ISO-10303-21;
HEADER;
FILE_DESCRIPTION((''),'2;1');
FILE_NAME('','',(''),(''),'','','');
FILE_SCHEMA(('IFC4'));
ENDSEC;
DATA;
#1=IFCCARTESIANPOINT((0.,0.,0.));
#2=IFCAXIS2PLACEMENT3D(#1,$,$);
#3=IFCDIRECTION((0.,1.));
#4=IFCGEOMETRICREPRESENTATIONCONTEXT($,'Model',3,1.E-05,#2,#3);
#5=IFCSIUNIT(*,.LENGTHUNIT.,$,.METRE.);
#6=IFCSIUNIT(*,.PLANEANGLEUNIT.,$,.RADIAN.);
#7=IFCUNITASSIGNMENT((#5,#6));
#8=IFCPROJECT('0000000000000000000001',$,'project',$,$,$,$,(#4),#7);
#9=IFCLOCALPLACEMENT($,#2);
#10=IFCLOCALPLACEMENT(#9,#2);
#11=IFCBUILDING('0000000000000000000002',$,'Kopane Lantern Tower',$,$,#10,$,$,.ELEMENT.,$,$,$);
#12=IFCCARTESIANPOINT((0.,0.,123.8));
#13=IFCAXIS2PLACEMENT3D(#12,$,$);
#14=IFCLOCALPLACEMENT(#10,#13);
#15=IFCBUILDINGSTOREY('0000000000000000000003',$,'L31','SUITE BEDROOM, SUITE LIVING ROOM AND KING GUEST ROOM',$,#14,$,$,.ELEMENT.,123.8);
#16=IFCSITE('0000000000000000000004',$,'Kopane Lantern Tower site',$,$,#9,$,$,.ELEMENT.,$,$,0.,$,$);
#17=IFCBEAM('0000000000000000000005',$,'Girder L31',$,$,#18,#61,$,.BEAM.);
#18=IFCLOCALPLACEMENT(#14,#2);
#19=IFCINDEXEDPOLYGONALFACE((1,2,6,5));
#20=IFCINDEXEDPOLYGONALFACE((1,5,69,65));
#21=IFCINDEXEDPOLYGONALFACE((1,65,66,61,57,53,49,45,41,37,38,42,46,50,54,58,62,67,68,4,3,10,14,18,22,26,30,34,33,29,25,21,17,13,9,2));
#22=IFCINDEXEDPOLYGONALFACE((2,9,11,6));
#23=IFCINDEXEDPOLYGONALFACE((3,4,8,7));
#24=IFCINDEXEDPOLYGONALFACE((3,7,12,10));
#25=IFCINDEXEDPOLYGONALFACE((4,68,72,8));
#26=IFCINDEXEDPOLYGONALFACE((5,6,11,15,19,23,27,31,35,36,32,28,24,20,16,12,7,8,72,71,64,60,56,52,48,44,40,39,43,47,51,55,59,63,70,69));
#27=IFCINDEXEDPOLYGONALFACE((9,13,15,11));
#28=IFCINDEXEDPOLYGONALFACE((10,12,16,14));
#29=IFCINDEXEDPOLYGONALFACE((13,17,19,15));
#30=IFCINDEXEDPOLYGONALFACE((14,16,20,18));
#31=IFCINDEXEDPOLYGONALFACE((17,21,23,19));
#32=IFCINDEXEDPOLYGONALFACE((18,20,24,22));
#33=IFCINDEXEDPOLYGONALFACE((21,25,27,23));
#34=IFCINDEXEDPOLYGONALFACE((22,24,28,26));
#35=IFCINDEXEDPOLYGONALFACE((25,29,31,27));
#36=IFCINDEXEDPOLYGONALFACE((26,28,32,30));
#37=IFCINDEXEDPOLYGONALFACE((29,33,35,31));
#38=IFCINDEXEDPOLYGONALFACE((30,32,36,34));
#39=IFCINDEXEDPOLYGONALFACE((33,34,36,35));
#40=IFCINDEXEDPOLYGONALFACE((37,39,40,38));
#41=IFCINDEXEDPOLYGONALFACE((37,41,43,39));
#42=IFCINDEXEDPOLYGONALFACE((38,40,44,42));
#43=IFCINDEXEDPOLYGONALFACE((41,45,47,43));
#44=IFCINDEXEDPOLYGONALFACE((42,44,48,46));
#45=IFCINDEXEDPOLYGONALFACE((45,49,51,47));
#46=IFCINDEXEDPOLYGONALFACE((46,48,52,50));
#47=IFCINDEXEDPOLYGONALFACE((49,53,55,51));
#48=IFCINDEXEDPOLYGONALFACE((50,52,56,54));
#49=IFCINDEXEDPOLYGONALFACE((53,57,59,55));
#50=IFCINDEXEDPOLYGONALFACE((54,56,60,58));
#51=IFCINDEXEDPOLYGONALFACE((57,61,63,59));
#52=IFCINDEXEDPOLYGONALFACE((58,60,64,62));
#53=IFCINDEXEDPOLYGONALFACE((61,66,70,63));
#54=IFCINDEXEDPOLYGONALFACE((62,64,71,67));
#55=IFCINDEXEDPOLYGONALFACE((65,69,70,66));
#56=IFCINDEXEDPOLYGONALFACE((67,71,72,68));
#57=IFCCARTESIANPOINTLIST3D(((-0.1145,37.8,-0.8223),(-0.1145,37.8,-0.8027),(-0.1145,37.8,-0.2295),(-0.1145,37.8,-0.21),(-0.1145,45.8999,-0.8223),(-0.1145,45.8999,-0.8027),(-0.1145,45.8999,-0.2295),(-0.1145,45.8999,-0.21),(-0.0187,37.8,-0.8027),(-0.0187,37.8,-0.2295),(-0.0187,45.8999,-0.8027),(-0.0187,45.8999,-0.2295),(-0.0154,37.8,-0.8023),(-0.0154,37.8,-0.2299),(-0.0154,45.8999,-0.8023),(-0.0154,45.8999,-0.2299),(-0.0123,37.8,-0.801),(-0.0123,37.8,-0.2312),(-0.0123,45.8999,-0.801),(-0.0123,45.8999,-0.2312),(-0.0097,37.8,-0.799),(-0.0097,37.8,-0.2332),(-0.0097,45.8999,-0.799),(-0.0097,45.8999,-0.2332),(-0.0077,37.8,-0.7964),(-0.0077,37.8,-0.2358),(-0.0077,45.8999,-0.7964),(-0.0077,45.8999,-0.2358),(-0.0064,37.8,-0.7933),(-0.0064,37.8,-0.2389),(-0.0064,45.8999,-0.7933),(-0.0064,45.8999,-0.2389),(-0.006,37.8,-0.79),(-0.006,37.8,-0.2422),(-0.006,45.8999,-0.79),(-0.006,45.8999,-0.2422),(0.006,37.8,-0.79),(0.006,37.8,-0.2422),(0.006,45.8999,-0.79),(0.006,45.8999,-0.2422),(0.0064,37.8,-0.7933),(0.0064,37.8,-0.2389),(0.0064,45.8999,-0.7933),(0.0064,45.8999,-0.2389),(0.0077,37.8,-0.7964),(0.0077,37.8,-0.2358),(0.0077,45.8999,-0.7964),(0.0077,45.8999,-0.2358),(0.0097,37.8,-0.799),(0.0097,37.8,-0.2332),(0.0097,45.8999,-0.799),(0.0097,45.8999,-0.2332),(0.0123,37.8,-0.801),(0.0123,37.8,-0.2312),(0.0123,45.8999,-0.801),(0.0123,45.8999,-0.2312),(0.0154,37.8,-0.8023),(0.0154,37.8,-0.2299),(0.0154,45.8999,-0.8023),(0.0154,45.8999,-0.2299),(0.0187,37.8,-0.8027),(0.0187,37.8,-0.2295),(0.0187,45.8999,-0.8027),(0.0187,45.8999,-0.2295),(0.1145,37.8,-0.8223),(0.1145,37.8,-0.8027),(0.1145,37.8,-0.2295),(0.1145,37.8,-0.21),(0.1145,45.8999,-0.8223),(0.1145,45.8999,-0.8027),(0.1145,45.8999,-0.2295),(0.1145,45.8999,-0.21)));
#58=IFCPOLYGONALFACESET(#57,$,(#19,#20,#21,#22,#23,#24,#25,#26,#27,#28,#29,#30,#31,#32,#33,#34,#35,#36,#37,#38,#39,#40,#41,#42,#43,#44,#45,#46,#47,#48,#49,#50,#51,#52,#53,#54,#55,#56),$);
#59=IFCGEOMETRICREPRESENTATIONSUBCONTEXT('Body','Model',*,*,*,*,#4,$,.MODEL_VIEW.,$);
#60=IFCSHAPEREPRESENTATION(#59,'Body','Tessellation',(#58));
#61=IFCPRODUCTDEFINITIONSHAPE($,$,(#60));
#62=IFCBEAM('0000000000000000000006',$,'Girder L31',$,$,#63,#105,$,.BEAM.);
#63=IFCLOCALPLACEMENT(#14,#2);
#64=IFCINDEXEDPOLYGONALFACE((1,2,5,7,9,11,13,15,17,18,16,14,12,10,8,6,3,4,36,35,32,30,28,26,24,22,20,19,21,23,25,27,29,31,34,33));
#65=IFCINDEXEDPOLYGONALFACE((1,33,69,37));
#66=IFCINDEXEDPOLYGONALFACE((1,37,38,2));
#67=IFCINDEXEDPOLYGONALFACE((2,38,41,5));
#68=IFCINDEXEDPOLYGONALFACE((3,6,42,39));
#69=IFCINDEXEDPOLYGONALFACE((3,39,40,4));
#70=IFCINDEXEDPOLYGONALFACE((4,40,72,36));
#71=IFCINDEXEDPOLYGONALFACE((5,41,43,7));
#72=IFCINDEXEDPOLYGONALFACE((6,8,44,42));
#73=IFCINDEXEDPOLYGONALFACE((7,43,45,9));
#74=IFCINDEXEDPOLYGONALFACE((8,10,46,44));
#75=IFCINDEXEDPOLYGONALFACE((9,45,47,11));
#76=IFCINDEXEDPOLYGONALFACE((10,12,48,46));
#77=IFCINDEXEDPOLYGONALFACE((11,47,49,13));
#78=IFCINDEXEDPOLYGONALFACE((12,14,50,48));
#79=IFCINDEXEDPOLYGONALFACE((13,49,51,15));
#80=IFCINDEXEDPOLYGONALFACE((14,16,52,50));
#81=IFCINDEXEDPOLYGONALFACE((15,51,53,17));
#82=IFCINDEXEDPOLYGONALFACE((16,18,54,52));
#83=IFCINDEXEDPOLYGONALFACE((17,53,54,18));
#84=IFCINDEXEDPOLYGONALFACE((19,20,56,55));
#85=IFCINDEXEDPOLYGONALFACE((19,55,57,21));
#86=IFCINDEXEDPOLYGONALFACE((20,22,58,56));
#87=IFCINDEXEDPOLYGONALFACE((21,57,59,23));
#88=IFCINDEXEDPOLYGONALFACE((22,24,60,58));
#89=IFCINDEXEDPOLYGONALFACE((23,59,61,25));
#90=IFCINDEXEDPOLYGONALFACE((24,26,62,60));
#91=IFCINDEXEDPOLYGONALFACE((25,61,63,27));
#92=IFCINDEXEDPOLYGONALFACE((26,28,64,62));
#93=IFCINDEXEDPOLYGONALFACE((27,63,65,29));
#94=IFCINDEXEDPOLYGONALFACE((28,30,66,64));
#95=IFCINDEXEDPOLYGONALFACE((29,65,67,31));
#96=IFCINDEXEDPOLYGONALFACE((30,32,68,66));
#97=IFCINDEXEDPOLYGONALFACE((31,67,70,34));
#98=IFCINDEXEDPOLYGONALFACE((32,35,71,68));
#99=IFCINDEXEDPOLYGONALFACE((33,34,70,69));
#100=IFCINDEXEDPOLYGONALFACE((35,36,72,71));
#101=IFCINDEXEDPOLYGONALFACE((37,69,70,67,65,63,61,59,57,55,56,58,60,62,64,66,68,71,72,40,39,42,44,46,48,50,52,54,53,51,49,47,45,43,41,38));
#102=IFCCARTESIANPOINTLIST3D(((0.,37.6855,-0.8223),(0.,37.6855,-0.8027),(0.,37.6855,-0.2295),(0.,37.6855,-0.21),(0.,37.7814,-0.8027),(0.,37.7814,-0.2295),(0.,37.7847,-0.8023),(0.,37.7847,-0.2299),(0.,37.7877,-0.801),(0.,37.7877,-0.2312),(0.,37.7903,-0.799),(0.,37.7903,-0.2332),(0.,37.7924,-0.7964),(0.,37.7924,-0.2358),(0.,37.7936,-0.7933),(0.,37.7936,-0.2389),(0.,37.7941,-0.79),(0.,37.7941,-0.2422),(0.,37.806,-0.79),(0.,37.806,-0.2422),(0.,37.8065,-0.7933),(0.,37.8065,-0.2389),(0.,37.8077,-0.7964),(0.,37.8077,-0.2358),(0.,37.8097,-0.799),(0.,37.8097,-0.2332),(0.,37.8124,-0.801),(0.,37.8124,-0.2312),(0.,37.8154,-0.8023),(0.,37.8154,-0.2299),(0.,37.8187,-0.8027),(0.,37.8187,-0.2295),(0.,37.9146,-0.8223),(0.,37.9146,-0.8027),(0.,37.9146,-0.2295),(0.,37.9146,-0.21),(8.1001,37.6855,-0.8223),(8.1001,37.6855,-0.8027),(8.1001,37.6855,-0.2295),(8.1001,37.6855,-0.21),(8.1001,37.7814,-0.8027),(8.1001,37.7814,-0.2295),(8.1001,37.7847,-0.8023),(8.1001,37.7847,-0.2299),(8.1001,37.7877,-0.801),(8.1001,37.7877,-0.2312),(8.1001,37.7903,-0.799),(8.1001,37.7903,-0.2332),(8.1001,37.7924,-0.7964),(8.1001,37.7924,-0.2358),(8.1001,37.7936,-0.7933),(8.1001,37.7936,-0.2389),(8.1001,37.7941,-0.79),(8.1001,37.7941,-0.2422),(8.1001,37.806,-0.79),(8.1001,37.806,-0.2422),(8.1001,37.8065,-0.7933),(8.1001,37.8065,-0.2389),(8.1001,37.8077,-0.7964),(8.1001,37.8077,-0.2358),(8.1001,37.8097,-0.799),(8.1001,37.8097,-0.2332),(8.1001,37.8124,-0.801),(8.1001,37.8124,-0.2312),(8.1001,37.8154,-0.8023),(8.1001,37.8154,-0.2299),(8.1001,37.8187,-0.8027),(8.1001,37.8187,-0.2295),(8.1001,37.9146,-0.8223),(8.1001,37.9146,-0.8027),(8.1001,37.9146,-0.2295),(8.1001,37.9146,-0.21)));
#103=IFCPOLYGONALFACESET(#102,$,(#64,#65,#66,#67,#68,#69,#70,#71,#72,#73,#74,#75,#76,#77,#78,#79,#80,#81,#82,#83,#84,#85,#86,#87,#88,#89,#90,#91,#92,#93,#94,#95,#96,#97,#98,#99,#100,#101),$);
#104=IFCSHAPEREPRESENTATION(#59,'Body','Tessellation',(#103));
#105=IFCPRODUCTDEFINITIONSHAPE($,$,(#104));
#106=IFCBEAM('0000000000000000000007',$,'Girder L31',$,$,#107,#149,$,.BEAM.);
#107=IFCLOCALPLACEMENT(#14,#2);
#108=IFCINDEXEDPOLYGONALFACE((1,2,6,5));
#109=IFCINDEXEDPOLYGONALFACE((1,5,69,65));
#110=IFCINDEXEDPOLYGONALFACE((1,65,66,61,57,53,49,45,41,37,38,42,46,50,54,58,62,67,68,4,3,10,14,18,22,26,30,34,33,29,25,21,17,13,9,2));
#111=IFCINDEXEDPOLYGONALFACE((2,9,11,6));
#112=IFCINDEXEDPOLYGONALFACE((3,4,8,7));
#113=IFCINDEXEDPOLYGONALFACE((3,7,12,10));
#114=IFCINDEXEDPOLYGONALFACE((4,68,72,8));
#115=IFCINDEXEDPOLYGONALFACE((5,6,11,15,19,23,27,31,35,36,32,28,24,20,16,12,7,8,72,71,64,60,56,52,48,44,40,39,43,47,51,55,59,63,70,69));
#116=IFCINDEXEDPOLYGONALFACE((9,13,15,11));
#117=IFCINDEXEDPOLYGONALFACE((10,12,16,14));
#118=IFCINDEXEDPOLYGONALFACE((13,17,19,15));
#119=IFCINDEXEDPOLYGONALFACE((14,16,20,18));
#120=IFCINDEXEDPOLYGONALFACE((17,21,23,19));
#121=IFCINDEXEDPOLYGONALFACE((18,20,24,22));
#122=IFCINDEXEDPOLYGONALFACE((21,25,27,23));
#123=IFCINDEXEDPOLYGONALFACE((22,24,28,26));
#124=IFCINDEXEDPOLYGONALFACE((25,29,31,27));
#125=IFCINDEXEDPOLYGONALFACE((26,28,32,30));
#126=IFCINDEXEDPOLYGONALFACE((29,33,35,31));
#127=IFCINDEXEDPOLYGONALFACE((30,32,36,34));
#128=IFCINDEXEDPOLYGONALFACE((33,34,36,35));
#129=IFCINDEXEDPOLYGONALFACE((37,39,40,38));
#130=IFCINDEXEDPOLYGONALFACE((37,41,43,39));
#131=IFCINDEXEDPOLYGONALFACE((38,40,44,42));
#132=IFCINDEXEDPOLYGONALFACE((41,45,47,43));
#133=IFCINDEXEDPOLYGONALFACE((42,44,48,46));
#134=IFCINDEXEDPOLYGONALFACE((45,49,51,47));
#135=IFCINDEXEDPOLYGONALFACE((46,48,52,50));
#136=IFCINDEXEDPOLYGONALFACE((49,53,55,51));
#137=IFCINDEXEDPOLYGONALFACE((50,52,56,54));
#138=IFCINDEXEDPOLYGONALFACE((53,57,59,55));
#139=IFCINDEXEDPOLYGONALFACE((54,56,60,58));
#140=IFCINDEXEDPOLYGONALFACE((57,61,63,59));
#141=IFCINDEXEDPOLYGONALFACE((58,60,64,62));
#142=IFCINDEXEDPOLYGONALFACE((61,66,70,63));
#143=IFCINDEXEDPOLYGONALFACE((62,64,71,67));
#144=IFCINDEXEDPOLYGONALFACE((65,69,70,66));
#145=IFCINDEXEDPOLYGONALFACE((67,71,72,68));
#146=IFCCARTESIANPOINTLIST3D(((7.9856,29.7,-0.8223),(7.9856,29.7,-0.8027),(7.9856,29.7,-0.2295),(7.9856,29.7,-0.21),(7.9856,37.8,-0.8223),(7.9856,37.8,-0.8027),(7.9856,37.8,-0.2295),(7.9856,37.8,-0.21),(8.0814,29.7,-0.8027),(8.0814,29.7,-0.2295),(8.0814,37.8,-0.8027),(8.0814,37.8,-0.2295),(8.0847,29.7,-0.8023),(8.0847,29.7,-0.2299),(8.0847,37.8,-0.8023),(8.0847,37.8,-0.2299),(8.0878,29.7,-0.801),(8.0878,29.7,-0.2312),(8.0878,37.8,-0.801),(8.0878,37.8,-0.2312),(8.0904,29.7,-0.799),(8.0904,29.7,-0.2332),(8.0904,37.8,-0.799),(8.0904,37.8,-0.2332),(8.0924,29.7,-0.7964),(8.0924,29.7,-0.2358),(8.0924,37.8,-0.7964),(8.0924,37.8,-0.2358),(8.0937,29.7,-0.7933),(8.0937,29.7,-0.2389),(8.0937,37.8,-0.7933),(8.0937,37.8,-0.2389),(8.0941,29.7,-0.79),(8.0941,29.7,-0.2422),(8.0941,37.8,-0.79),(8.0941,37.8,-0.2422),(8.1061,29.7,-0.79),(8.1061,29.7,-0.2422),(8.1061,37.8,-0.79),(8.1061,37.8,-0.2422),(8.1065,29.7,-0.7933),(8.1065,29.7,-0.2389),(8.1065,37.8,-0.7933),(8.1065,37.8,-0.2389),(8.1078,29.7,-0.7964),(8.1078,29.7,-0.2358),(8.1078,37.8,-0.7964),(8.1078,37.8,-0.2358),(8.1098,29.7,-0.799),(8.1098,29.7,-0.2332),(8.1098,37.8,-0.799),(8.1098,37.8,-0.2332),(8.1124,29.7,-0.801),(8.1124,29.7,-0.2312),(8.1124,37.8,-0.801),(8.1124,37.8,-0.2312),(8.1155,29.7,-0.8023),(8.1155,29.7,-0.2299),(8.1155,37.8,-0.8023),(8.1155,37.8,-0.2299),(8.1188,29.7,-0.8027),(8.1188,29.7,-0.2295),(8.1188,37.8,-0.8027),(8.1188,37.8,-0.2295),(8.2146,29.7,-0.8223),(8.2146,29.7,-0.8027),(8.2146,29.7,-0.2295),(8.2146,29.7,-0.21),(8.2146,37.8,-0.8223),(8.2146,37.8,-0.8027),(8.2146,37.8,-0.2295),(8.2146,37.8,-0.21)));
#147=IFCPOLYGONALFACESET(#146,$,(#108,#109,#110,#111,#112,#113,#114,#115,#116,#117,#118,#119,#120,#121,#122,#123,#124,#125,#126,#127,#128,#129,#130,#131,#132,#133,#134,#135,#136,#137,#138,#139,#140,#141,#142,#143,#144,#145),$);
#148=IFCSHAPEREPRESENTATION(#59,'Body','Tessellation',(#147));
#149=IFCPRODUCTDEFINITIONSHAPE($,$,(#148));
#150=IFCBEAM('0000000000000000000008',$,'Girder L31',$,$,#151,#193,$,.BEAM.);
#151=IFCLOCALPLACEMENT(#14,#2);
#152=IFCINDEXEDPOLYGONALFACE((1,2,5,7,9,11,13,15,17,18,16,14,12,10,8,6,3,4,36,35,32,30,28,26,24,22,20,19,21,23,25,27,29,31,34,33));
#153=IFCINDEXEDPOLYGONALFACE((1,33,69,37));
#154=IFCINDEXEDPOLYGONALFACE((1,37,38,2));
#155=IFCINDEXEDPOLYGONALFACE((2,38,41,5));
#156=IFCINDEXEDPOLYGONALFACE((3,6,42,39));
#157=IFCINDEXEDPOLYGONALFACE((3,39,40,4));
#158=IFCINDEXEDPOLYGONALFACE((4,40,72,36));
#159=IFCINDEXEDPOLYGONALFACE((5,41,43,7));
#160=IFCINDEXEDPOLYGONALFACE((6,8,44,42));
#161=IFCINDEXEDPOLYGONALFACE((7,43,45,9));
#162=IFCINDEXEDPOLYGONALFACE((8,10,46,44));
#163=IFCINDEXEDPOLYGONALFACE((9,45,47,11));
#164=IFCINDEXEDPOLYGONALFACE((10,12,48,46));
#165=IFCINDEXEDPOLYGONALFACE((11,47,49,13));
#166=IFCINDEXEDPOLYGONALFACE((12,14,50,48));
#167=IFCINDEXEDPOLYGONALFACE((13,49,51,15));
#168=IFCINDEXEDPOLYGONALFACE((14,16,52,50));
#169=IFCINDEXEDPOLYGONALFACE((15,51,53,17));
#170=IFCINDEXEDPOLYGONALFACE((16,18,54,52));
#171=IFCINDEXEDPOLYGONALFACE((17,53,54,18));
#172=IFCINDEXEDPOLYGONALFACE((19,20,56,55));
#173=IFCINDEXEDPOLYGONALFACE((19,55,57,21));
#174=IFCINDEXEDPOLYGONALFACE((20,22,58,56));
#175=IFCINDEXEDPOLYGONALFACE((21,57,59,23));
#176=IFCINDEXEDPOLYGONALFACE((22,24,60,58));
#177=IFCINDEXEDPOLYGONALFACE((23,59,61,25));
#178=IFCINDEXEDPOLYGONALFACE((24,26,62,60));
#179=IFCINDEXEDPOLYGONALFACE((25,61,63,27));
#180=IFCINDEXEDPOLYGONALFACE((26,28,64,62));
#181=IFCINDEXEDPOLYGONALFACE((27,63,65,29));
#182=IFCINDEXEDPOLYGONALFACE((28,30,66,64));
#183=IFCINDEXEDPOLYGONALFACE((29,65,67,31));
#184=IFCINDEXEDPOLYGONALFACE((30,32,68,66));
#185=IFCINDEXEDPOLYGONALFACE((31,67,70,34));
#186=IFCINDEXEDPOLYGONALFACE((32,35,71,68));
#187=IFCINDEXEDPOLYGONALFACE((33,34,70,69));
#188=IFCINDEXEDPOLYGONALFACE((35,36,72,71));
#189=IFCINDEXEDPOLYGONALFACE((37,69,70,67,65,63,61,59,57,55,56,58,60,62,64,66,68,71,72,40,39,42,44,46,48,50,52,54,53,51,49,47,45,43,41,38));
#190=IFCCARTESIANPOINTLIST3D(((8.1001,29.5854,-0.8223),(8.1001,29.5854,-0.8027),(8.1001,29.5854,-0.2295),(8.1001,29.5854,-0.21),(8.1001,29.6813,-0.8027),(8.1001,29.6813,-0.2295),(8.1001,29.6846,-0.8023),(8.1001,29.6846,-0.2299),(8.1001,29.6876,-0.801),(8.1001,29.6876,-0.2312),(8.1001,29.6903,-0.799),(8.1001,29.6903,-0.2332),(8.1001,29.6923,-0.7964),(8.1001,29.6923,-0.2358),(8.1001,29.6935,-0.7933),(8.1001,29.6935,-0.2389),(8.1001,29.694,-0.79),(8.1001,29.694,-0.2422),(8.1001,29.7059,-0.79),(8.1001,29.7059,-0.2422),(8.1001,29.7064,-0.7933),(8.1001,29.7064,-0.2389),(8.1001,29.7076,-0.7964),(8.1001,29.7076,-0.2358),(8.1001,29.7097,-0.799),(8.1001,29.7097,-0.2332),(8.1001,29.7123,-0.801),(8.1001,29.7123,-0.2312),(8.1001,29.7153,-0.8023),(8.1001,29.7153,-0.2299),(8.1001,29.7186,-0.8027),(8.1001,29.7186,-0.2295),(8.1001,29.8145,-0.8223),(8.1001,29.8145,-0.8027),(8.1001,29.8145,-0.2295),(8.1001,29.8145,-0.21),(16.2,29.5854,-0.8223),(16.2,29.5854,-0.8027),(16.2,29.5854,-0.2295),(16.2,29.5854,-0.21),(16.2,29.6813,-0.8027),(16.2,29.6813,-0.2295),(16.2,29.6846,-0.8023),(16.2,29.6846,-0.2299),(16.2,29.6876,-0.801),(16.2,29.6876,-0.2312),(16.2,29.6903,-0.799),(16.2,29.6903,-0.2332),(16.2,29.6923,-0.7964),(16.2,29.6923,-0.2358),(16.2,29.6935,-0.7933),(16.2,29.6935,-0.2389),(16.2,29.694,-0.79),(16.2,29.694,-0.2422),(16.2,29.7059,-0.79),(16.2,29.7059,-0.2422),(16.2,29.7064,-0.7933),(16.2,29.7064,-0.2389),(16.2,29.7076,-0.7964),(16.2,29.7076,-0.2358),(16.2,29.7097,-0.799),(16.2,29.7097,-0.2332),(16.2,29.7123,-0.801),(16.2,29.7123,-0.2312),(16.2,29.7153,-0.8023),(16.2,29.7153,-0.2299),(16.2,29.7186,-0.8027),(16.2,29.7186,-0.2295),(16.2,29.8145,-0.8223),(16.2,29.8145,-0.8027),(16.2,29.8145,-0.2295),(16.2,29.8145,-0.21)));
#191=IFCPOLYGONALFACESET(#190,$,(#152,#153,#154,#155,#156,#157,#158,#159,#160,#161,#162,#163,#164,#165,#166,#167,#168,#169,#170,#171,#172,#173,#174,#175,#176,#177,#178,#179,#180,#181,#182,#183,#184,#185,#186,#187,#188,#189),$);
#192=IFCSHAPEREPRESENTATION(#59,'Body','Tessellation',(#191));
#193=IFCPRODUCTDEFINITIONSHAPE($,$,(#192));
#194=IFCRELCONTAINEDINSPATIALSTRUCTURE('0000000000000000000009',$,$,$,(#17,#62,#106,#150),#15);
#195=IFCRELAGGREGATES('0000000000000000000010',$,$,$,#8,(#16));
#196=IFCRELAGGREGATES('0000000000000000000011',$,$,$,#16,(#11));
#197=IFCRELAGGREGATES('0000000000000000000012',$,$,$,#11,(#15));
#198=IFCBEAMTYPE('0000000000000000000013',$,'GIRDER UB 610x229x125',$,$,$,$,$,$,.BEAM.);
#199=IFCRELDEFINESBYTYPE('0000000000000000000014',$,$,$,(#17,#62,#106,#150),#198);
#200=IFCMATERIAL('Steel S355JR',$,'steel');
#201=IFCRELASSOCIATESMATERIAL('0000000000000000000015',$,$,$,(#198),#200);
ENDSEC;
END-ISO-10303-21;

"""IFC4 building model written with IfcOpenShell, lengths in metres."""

from ifc_helpers import new_model, si_unit, direction, frame, origin, origin_2d, place, context, subcontext, project, spatial, i_section, extrude, material, material_profile, profile_set, type_object, element, save


model = new_model("IFC4")

# Units and contexts
model_context = context("Model", 3, precision=1e-05, world=origin(), true_north=direction((0.0, 1.0)))
body_context = subcontext(model_context, "Body", "Model", "MODEL_VIEW")
ifc_project = project(units=[si_unit("LENGTHUNIT", "METRE"), si_unit("PLANEANGLEUNIT", "RADIAN")], contexts=[model_context])

# Site, building, storey
site_placement = place(None, origin())
site = spatial("IfcSite", under=ifc_project, at=site_placement, Name="Kopane Lantern Tower site", CompositionType="ELEMENT", RefElevation=0.0)
building_placement = place(site_placement, origin())
building = spatial("IfcBuilding", under=site, at=building_placement, Name="Kopane Lantern Tower", CompositionType="ELEMENT")
storey_placement = place(building_placement, frame((0.0, 0.0, 123.8)))
storey = spatial("IfcBuildingStorey", under=building, at=storey_placement, Name="L31", Description="SUITE BEDROOM, SUITE LIVING ROOM AND KING GUEST ROOM", CompositionType="ELEMENT", Elevation=123.8)

# Beams
ifc_material_1 = material(Name="Steel S355JR", Category="steel")
ifc_material_profile_1 = material_profile(ifc_material_1, i_section(OverallWidth=0.229, OverallDepth=0.6123, WebThickness=0.012, FlangeThickness=0.0195, FilletRadius=0.0127, at=origin_2d()), Name="UB 610x229x125")
ifc_profile_set_1 = profile_set([ifc_material_profile_1], Name="Steel S355JR")
beam_type = type_object("IfcBeamType", Name="GIRDER UB 610x229x125", PredefinedType="BEAM", material=ifc_profile_set_1)
beam_placement = place(storey_placement, frame((0.0, 37.8, -0.5161), z_axis=(0.0, 1.0, 0.0), x_axis=(-1.0, 0.0, 0.0)))
element("IfcBeam", 1, at=beam_placement, inside=storey, type_object=beam_type, Name="Girder L31", PredefinedType="BEAM", context=body_context, shape_type="SweptSolid", body=[
    extrude(i_section(OverallWidth=0.229, OverallDepth=0.6123, WebThickness=0.012, FlangeThickness=0.0195, FilletRadius=0.0127, at=origin_2d()), origin(), (0.0, 0.0, 1.0), 8.0999),
])
for number, where, z_axis, x_axis, name in (
    (2, (0.0, 37.8, -0.5161), (1.0, 0.0, 0.0), (0.0, 1.0, 0.0), "Girder L31"),
    (3, (8.1001, 29.7, -0.5161), (0.0, 1.0, 0.0), (-1.0, 0.0, 0.0), "Girder L31"),
):
    element("IfcBeam", number, at=place(storey_placement, frame(where, z_axis=z_axis, x_axis=x_axis)), inside=storey, type_object=beam_type, Name=name, PredefinedType="BEAM", context=body_context, shape_type="SweptSolid", body=[
        extrude(i_section(OverallWidth=0.229, OverallDepth=0.6123, WebThickness=0.012, FlangeThickness=0.0195, FilletRadius=0.0127, at=origin_2d()), origin(), (0.0, 0.0, 1.0), 8.1001),
    ])
for number, where, z_axis, x_axis, name in (
    (4, (8.1001, 29.7, -0.5161), (1.0, 0.0, 0.0), (0.0, 1.0, 0.0), "Girder L31"),
):
    element("IfcBeam", number, at=place(storey_placement, frame(where, z_axis=z_axis, x_axis=x_axis)), inside=storey, type_object=beam_type, Name=name, PredefinedType="BEAM", context=body_context, shape_type="SweptSolid", body=[
        extrude(i_section(OverallWidth=0.229, OverallDepth=0.6123, WebThickness=0.012, FlangeThickness=0.0195, FilletRadius=0.0127, at=origin_2d()), origin(), (0.0, 0.0, 1.0), 8.0999),
    ])

save(model, "model.ifc")
